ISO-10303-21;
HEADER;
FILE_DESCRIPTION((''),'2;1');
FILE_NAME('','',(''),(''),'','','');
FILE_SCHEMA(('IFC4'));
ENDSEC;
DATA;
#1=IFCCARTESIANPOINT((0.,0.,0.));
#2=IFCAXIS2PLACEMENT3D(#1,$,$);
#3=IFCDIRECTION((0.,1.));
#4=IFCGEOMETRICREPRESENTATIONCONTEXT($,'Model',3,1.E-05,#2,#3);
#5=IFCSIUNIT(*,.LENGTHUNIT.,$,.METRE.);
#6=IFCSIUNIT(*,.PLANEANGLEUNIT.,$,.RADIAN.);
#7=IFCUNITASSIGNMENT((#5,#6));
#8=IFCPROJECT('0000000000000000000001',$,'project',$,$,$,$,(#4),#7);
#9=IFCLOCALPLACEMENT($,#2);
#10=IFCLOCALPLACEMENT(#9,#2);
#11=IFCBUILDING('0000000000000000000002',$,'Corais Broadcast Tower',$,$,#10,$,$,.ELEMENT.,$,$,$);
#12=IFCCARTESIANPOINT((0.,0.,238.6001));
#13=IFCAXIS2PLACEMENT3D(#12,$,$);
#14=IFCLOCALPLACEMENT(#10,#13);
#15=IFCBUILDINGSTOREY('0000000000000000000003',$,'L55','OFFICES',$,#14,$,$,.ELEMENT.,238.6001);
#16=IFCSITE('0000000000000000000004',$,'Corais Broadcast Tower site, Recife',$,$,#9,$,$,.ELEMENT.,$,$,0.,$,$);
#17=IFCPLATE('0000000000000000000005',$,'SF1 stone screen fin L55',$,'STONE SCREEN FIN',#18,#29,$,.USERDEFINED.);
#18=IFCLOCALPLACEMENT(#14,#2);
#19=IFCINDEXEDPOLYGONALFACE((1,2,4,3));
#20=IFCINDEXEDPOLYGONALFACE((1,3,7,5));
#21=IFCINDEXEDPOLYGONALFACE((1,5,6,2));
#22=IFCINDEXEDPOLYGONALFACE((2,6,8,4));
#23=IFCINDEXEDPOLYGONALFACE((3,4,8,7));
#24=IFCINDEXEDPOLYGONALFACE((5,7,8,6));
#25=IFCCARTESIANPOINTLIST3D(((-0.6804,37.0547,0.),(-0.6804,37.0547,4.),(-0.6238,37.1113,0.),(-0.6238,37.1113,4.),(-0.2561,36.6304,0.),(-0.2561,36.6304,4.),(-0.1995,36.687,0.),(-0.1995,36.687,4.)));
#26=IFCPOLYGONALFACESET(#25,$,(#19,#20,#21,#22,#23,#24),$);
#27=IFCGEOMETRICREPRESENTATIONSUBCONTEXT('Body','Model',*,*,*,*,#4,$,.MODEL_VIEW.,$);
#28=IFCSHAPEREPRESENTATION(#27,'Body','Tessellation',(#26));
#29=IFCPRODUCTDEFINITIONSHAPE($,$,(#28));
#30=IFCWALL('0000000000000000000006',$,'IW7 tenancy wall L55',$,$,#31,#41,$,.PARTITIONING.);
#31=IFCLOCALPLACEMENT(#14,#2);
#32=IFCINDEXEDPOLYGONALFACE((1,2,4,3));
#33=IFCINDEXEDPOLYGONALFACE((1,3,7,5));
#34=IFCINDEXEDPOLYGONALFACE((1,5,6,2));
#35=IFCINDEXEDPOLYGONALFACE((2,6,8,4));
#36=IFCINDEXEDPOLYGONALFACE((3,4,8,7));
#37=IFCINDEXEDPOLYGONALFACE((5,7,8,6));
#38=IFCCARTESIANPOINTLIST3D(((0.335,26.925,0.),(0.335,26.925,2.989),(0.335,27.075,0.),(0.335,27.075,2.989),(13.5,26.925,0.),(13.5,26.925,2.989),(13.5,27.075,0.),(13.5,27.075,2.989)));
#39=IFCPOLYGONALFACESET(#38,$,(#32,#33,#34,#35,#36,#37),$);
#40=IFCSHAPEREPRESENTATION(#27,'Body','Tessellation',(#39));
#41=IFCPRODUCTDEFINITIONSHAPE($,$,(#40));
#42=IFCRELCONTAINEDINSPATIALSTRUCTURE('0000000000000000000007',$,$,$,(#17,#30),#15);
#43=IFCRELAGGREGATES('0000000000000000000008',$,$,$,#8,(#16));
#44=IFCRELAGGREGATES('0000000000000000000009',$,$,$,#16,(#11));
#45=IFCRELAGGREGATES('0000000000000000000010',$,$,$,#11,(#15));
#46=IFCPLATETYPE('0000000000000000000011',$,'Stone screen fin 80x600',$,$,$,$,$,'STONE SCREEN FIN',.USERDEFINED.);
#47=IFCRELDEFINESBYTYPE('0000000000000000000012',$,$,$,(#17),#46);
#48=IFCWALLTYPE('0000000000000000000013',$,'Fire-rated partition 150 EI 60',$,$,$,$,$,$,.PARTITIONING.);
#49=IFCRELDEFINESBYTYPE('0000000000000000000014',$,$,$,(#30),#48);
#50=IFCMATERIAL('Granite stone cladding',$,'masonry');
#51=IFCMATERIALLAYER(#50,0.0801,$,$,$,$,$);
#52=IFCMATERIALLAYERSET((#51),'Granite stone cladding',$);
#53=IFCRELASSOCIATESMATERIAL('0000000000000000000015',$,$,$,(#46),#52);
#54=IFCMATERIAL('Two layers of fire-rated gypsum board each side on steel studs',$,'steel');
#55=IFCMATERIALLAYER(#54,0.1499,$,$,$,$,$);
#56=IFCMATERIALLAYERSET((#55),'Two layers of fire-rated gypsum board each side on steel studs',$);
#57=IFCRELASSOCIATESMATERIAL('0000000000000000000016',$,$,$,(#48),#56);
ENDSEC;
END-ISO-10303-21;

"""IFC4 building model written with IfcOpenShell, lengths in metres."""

from ifc_helpers import new_model, si_unit, direction, frame, frame_2d, origin, origin_2d, place, context, subcontext, project, spatial, rectangle, extrude, material, layer, layer_set, type_object, element, save


model = new_model("IFC4")

# Units and contexts
model_context = context("Model", 3, precision=1e-05, world=origin(), true_north=direction((0.0, 1.0)))
body_context = subcontext(model_context, "Body", "Model", "MODEL_VIEW")
ifc_project = project(units=[si_unit("LENGTHUNIT", "METRE"), si_unit("PLANEANGLEUNIT", "RADIAN")], contexts=[model_context])

# Site, building, storey
site_placement = place(None, origin())
site = spatial("IfcSite", under=ifc_project, at=site_placement, Name="Corais Broadcast Tower site, Recife", CompositionType="ELEMENT", RefElevation=0.0)
building_placement = place(site_placement, origin())
building = spatial("IfcBuilding", under=site, at=building_placement, Name="Corais Broadcast Tower", CompositionType="ELEMENT")
storey_placement = place(building_placement, frame((0.0, 0.0, 238.6001)))
storey = spatial("IfcBuildingStorey", under=building, at=storey_placement, Name="L55", Description="OFFICES", CompositionType="ELEMENT", Elevation=238.6001)

# Plate
ifc_material_1 = material(Name="Granite stone cladding", Category="masonry")
ifc_layer_1 = layer(ifc_material_1, 0.0801)
ifc_layer_set_1 = layer_set([ifc_layer_1], Name="Granite stone cladding")
plate_type_1 = type_object("IfcPlateType", Name="Stone screen fin 80x600", ElementType="STONE SCREEN FIN", PredefinedType="USERDEFINED", material=ifc_layer_set_1)
plate_1_placement = place(storey_placement, frame((-0.4399, 36.8708, 0.0), z_axis=(0.0, 0.0, 1.0), x_axis=(0.707107, 0.707107, 0.0)))
element("IfcPlate", 1, at=plate_1_placement, inside=storey, type_object=plate_type_1, Name="SF1 stone screen fin L55", ObjectType="STONE SCREEN FIN", PredefinedType="USERDEFINED", context=body_context, shape_type="SweptSolid", body=[
    extrude(rectangle(XDim=0.0801, YDim=0.6001, at=origin_2d()), origin(), (0.0, 0.0, 1.0), 4.0),
])

# Wall
ifc_material_2 = material(Name="Two layers of fire-rated gypsum board each side on steel studs", Category="steel")
ifc_layer_2 = layer(ifc_material_2, 0.1499)
ifc_layer_set_2 = layer_set([ifc_layer_2], Name="Two layers of fire-rated gypsum board each side on steel studs")
wall_type = type_object("IfcWallType", Name="Fire-rated partition 150 EI 60", PredefinedType="PARTITIONING", material=ifc_layer_set_2)
wall_placement = place(storey_placement, frame((0.335, 27.0, 0.0), z_axis=(0.0, 0.0, 1.0), x_axis=(1.0, 0.0, 0.0)))
element("IfcWall", 2, at=wall_placement, inside=storey, type_object=wall_type, Name="IW7 tenancy wall L55", PredefinedType="PARTITIONING", context=body_context, shape_type="SweptSolid", body=[
    extrude(rectangle(XDim=13.165, YDim=0.1499, at=frame_2d((6.5825, 0.0))), origin(), (0.0, 0.0, 1.0), 2.989),
])

save(model, "model.ifc")
